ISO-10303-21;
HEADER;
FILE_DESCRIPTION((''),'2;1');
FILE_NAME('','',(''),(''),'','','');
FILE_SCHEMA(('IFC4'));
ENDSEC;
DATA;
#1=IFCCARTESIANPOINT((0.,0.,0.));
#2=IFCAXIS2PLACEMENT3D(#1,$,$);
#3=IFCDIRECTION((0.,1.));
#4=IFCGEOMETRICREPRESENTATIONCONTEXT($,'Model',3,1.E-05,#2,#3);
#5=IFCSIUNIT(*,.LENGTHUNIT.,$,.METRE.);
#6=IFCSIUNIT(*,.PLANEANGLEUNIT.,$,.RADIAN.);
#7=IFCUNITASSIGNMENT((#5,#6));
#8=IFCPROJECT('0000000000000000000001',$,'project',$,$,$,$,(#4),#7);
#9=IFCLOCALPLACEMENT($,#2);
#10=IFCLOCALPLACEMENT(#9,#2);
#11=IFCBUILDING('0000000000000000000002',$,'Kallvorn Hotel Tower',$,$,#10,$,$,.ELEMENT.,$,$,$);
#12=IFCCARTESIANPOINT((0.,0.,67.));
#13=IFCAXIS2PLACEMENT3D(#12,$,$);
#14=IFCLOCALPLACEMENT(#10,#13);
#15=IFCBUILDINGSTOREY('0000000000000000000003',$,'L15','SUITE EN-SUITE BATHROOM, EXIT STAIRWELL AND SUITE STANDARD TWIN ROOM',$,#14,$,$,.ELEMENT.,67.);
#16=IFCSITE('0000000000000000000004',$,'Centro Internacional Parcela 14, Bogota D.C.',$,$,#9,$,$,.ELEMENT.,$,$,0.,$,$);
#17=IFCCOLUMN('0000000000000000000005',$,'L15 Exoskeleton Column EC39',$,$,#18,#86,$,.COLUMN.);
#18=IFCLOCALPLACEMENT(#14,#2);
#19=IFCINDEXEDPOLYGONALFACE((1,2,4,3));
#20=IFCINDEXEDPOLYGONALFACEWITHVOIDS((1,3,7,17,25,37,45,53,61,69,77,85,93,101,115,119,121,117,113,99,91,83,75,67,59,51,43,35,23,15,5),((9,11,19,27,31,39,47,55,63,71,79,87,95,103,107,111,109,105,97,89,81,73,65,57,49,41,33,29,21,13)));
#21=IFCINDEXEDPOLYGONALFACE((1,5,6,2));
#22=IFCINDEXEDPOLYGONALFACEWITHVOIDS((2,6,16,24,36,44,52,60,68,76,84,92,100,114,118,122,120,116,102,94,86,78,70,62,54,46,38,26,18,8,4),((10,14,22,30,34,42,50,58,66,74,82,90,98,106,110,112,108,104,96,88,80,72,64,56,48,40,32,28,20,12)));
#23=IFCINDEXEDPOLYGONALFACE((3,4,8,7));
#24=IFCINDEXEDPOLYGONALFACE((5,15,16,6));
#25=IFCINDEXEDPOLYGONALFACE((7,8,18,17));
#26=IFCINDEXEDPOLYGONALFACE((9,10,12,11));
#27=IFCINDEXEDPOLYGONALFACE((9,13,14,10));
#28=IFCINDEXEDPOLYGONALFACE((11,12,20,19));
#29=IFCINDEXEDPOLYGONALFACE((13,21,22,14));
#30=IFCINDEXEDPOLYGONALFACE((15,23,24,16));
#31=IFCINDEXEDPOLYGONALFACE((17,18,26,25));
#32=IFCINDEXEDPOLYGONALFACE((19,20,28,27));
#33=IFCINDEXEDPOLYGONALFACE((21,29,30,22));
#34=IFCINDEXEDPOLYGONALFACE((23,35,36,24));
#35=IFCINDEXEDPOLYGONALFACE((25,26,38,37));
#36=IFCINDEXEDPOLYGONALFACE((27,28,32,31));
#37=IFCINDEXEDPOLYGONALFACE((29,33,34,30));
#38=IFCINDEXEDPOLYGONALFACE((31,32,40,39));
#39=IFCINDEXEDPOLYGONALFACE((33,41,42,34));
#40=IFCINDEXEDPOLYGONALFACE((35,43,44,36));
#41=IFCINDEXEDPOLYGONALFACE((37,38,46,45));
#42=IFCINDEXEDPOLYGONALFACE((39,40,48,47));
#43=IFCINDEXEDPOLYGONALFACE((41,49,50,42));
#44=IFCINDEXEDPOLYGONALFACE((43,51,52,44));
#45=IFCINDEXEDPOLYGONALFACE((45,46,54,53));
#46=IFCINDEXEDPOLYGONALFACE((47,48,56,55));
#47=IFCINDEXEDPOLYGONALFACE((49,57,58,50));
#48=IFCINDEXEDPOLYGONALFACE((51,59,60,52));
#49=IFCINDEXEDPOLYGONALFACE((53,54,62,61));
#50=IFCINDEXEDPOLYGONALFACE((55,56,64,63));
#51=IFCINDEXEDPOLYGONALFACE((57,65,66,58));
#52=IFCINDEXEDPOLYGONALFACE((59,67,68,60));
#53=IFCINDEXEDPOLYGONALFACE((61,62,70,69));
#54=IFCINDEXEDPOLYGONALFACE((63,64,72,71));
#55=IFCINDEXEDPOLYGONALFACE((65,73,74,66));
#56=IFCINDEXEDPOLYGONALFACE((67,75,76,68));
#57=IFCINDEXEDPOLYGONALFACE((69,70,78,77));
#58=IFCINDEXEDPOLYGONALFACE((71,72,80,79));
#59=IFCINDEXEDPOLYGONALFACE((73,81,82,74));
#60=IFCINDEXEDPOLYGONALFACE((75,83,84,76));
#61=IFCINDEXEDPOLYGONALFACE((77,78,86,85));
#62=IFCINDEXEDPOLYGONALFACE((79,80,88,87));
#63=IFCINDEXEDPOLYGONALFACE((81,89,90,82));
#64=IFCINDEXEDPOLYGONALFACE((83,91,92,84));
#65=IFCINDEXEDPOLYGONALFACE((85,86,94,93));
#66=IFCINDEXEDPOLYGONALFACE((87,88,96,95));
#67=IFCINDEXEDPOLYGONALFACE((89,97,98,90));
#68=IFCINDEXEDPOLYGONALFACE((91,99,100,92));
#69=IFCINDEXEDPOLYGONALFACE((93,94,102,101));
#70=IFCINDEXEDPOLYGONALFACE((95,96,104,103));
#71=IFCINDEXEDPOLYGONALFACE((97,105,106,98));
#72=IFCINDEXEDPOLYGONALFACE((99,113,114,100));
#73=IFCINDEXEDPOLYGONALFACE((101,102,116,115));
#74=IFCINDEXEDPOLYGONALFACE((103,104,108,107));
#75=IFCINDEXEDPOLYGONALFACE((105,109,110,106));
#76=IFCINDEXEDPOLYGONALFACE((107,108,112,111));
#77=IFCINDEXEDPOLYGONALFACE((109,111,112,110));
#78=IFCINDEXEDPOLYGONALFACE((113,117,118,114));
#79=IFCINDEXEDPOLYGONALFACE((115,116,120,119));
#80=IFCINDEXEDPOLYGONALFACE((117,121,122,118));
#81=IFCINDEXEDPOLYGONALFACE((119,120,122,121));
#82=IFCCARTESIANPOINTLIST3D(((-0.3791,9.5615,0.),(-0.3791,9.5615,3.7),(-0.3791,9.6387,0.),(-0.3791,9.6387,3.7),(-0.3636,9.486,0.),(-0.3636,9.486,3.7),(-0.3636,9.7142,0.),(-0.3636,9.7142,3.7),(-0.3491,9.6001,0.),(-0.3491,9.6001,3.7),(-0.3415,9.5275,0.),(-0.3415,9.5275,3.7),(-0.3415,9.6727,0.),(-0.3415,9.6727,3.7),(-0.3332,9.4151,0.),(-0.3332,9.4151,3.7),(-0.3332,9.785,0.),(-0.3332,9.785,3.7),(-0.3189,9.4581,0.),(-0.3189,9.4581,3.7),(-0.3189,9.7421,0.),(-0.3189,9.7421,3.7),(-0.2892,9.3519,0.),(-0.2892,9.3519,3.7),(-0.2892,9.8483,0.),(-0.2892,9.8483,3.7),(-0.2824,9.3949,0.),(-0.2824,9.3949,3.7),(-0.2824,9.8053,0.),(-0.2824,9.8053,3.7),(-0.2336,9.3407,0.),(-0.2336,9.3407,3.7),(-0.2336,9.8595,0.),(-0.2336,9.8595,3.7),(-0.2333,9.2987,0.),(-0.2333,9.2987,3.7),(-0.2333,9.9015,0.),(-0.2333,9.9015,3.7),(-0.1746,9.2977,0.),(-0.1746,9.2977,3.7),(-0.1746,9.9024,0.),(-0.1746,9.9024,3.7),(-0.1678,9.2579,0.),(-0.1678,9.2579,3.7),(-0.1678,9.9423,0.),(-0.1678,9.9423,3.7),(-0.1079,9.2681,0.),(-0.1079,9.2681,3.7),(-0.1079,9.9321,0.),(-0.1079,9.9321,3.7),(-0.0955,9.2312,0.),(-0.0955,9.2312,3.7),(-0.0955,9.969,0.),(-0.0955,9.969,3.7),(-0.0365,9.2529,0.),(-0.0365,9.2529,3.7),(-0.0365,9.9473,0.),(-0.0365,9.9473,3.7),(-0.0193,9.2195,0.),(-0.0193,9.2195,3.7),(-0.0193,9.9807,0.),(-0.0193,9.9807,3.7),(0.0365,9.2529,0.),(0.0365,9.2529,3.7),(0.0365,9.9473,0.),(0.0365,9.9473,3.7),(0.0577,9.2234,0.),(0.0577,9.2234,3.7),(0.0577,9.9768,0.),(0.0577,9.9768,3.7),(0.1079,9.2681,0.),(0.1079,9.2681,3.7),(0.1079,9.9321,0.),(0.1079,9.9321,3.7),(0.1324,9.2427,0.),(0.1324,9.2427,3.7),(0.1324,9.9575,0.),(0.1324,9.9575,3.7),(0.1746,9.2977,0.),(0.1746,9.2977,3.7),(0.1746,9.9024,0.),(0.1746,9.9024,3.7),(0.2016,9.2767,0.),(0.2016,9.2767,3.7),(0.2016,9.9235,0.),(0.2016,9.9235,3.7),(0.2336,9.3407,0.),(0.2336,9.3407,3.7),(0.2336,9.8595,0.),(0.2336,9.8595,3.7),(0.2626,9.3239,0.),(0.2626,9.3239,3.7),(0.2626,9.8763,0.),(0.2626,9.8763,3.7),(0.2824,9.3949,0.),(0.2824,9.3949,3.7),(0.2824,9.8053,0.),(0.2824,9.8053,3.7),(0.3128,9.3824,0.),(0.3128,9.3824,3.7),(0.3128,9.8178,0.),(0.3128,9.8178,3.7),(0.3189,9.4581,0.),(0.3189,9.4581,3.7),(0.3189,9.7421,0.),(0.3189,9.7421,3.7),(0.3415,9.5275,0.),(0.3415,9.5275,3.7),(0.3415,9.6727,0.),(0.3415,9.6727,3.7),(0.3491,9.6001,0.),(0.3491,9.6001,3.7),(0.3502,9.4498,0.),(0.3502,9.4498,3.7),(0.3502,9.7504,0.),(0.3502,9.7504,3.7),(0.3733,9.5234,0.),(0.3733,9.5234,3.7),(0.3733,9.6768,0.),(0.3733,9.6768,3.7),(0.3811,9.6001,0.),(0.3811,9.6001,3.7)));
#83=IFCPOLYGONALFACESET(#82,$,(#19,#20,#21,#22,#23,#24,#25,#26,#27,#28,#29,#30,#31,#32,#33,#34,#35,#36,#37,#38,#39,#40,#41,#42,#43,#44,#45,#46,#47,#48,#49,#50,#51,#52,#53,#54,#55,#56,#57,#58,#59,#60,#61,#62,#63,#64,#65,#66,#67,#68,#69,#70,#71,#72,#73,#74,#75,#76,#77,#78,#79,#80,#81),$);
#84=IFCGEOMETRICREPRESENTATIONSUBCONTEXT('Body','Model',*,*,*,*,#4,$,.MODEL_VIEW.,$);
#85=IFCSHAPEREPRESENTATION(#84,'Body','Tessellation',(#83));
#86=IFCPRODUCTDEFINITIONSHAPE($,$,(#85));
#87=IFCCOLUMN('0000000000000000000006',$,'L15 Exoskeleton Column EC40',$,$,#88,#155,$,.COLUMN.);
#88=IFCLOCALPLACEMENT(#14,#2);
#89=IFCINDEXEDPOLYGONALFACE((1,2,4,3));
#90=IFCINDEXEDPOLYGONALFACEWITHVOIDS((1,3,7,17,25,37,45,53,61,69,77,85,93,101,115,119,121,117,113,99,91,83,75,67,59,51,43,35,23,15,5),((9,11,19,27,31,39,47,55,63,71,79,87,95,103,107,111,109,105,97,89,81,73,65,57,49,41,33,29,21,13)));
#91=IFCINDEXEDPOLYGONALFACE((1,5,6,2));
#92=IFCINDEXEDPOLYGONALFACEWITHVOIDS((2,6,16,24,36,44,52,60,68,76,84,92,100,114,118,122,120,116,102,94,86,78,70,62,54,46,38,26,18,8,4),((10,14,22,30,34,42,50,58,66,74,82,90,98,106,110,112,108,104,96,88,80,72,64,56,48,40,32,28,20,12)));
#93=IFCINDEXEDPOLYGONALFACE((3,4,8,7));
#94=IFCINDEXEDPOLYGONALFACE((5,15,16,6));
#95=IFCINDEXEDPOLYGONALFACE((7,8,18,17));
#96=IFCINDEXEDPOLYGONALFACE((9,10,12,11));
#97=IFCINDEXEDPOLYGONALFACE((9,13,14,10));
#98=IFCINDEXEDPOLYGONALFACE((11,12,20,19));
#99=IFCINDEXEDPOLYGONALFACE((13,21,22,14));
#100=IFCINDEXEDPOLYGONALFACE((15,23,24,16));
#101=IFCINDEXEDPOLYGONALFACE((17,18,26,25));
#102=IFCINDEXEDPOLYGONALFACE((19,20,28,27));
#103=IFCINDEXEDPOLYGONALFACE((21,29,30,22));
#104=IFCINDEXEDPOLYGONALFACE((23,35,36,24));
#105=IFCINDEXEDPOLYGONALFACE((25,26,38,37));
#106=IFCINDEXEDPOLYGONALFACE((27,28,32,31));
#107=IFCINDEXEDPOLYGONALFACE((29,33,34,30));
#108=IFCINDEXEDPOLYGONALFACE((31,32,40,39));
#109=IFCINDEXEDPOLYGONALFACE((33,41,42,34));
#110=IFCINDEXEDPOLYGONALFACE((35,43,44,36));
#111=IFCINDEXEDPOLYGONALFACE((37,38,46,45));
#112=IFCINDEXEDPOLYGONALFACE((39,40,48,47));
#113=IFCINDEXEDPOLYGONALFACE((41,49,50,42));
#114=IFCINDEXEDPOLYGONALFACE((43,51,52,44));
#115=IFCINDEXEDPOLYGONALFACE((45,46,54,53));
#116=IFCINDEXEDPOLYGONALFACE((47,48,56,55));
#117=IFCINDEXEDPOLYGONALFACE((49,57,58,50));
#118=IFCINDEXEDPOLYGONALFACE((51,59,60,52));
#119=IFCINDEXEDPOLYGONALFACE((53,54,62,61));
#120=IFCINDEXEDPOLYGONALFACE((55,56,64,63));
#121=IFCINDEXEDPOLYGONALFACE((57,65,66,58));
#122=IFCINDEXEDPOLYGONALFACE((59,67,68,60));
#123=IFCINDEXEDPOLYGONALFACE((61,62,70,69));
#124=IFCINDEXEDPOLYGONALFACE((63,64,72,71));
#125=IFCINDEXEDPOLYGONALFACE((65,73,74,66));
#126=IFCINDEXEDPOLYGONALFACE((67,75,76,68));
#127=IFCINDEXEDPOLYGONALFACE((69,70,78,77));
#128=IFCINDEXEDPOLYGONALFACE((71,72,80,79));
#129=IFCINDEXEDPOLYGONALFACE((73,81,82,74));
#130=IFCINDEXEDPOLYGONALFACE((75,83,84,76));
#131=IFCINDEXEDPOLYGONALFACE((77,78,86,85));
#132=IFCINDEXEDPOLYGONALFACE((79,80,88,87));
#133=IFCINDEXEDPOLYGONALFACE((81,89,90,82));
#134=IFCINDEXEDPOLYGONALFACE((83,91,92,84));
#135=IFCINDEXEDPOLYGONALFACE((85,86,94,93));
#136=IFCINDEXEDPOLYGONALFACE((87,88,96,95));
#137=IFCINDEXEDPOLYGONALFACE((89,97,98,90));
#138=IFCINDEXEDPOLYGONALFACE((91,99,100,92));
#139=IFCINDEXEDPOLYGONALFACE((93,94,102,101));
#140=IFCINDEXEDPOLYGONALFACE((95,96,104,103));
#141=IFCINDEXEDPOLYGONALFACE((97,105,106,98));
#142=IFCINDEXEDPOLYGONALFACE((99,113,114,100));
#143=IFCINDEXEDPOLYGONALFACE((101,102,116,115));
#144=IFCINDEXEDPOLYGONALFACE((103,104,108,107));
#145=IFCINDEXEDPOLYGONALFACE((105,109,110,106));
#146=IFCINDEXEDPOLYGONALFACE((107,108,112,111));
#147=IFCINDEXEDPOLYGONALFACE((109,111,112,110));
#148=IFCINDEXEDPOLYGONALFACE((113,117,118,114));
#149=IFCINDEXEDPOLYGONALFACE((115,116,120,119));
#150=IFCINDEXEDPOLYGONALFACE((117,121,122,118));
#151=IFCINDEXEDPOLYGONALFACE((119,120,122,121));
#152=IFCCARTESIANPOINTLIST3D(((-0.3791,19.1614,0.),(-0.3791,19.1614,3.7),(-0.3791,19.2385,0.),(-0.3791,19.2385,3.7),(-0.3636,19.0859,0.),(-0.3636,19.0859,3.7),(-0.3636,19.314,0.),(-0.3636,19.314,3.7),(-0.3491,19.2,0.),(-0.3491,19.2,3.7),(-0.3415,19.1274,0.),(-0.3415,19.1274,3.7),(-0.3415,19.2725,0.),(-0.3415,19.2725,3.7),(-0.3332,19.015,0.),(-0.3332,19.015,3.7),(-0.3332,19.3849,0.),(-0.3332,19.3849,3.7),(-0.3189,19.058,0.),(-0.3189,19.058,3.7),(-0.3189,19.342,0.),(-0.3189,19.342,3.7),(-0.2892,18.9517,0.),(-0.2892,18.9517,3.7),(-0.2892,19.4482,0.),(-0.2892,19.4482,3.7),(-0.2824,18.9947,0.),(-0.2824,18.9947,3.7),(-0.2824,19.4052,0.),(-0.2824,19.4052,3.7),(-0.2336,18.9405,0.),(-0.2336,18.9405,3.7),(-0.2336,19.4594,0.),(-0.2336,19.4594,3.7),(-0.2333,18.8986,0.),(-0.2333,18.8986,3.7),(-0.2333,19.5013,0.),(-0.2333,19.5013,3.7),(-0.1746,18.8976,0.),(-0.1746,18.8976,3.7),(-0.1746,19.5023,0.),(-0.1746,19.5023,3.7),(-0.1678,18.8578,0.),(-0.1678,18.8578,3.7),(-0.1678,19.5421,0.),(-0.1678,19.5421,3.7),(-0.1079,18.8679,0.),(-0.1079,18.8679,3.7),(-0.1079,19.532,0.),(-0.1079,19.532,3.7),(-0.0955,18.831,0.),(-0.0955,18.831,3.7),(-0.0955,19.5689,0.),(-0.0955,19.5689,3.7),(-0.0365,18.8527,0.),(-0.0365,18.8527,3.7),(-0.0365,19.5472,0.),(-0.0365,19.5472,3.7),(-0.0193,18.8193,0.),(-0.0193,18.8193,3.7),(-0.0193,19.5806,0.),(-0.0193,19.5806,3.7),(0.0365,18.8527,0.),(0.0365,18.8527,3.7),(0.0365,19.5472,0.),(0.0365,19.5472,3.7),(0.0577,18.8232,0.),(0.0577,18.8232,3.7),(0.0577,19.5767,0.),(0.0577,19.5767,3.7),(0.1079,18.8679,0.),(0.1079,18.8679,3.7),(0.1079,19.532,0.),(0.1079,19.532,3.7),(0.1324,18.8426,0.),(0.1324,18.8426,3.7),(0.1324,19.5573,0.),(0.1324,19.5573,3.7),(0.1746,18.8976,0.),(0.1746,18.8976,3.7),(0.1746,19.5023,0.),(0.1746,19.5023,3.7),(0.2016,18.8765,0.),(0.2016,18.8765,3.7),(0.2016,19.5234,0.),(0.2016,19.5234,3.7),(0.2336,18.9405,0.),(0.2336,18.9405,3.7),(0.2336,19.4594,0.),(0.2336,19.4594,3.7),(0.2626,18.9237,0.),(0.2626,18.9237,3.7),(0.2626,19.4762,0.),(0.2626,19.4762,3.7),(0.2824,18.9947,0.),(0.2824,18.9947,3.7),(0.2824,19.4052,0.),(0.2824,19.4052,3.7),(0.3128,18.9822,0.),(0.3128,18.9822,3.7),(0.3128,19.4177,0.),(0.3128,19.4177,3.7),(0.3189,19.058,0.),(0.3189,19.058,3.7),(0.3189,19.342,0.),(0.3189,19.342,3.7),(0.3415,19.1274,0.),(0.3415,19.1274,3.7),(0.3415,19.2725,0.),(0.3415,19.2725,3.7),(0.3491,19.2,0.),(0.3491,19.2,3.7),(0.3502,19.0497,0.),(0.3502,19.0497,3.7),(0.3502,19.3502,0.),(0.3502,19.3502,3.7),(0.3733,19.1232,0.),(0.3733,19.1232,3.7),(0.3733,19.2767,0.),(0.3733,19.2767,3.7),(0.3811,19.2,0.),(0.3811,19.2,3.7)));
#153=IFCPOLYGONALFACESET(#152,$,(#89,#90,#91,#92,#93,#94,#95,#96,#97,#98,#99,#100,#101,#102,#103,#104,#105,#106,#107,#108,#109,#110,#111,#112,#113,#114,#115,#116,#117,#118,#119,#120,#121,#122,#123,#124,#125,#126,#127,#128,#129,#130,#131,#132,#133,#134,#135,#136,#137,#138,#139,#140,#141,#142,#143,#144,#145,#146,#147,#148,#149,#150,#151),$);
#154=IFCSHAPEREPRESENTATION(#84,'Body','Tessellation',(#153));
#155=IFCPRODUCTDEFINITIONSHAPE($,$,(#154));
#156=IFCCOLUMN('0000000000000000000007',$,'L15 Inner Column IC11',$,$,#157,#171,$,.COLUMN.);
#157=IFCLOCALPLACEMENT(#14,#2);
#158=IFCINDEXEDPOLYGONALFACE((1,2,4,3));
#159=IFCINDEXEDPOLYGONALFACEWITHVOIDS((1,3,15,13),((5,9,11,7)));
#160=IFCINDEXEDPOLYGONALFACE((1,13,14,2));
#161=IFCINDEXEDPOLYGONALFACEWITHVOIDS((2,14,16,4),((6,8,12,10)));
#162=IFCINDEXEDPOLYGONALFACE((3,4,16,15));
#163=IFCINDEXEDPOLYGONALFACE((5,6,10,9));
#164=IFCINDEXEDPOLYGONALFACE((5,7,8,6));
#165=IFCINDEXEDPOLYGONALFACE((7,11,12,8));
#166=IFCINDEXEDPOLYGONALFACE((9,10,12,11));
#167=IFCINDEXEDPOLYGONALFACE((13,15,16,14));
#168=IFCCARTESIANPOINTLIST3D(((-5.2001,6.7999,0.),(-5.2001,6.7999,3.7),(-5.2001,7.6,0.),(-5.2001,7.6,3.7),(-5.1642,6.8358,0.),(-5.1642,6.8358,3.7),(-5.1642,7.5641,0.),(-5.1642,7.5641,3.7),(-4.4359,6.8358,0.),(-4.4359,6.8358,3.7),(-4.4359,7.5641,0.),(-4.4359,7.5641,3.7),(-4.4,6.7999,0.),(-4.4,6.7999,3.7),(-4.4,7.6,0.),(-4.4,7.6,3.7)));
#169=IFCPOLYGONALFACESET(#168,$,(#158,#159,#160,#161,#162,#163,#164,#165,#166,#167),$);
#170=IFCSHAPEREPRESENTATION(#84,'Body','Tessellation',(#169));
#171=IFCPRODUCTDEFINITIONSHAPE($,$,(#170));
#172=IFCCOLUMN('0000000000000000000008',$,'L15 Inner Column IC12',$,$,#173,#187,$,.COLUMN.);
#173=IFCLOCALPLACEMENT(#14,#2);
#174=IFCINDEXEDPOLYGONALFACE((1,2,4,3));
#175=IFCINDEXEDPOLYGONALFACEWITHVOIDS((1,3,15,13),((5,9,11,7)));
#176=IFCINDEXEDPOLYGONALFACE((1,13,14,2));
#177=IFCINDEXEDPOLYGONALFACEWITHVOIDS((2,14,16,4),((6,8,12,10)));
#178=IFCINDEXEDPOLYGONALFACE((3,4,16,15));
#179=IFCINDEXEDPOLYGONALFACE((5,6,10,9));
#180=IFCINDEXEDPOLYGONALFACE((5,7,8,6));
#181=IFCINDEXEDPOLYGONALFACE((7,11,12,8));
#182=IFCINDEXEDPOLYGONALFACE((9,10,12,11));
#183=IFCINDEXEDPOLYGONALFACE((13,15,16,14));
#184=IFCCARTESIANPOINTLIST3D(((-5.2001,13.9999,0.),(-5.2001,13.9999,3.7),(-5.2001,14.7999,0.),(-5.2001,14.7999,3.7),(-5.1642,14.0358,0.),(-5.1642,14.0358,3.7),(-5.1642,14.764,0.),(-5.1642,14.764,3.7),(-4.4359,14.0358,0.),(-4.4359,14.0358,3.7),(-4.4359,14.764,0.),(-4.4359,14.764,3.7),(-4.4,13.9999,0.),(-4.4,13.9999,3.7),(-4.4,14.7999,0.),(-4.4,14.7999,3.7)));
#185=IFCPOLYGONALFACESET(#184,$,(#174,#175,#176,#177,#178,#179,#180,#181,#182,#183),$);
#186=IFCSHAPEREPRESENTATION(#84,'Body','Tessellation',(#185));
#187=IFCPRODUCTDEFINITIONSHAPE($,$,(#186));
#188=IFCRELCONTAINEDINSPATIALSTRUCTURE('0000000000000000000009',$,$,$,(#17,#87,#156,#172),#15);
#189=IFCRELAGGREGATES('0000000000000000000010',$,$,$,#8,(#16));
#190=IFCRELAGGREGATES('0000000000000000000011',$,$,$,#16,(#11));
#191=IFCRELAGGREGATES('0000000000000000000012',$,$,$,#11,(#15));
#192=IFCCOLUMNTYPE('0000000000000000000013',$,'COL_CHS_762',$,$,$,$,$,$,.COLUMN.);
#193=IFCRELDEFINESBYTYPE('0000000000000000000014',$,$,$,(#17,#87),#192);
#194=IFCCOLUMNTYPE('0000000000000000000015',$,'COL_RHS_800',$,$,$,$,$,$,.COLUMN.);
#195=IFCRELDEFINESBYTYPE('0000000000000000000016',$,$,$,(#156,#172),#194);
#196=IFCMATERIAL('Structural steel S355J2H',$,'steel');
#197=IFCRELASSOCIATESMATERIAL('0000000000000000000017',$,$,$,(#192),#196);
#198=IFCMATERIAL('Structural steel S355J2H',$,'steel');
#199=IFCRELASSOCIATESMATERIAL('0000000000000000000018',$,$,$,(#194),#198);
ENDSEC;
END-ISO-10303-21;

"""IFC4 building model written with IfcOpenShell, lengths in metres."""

from ifc_helpers import new_model, si_unit, direction, frame, origin, origin_2d, place, context, subcontext, project, spatial, hollow_rectangle, hollow_circle, extrude, material, material_profile, profile_set, type_object, element, save


model = new_model("IFC4")

# Units and contexts
model_context = context("Model", 3, precision=1e-05, world=origin(), true_north=direction((0.0, 1.0)))
body_context = subcontext(model_context, "Body", "Model", "MODEL_VIEW")
ifc_project = project(units=[si_unit("LENGTHUNIT", "METRE"), si_unit("PLANEANGLEUNIT", "RADIAN")], contexts=[model_context])

# Site, building, storey
site_placement = place(None, origin())
site = spatial("IfcSite", under=ifc_project, at=site_placement, Name="Centro Internacional Parcela 14, Bogota D.C.", CompositionType="ELEMENT", RefElevation=0.0)
building_placement = place(site_placement, origin())
building = spatial("IfcBuilding", under=site, at=building_placement, Name="Kallvorn Hotel Tower", CompositionType="ELEMENT")
storey_placement = place(building_placement, frame((0.0, 0.0, 67.0)))
storey = spatial("IfcBuildingStorey", under=building, at=storey_placement, Name="L15", Description="SUITE EN-SUITE BATHROOM, EXIT STAIRWELL AND SUITE STANDARD TWIN ROOM", CompositionType="ELEMENT", Elevation=67.0)

# Columns
ifc_material_1 = material(Name="Structural steel S355J2H", Category="steel")
ifc_material_profile_1 = material_profile(ifc_material_1, hollow_circle(Radius=0.3811, WallThickness=0.032, at=origin_2d()), Name="CHS 762x32")
ifc_profile_set_1 = profile_set([ifc_material_profile_1], Name="Structural steel S355J2H")
column_type_1 = type_object("IfcColumnType", Name="COL_CHS_762", PredefinedType="COLUMN", material=ifc_profile_set_1)
for number, where, z_axis, x_axis, name in (
    (1, (0.0, 9.6001, 0.0), (0.0, 0.0, 1.0), (1.0, 0.0, 0.0), "L15 Exoskeleton Column EC39"),
    (2, (0.0, 19.2, 0.0), (0.0, 0.0, 1.0), (1.0, 0.0, 0.0), "L15 Exoskeleton Column EC40"),
):
    element("IfcColumn", number, at=place(storey_placement, frame(where, z_axis=z_axis, x_axis=x_axis)), inside=storey, type_object=column_type_1, Name=name, PredefinedType="COLUMN", context=body_context, shape_type="SweptSolid", body=[
        extrude(hollow_circle(Radius=0.3811, WallThickness=0.032, at=origin_2d()), origin(), (0.0, 0.0, 1.0), 3.7),
    ])
ifc_material_2 = material(Name="Structural steel S355J2H", Category="steel")
ifc_material_profile_2 = material_profile(ifc_material_2, hollow_rectangle(XDim=0.8, YDim=0.8, WallThickness=0.0359, at=origin_2d()), Name="RHS 800x800x36")
ifc_profile_set_2 = profile_set([ifc_material_profile_2], Name="Structural steel S355J2H")
column_type_2 = type_object("IfcColumnType", Name="COL_RHS_800", PredefinedType="COLUMN", material=ifc_profile_set_2)
for number, where, z_axis, x_axis, name in (
    (3, (-4.8, 7.2, 0.0), (0.0, 0.0, 1.0), (1.0, 0.0, 0.0), "L15 Inner Column IC11"),
    (4, (-4.8, 14.3999, 0.0), (0.0, 0.0, 1.0), (1.0, 0.0, 0.0), "L15 Inner Column IC12"),
):
    element("IfcColumn", number, at=place(storey_placement, frame(where, z_axis=z_axis, x_axis=x_axis)), inside=storey, type_object=column_type_2, Name=name, PredefinedType="COLUMN", context=body_context, shape_type="SweptSolid", body=[
        extrude(hollow_rectangle(XDim=0.8, YDim=0.8, WallThickness=0.0359, at=origin_2d()), origin(), (0.0, 0.0, 1.0), 3.7),
    ])

save(model, "model.ifc")
